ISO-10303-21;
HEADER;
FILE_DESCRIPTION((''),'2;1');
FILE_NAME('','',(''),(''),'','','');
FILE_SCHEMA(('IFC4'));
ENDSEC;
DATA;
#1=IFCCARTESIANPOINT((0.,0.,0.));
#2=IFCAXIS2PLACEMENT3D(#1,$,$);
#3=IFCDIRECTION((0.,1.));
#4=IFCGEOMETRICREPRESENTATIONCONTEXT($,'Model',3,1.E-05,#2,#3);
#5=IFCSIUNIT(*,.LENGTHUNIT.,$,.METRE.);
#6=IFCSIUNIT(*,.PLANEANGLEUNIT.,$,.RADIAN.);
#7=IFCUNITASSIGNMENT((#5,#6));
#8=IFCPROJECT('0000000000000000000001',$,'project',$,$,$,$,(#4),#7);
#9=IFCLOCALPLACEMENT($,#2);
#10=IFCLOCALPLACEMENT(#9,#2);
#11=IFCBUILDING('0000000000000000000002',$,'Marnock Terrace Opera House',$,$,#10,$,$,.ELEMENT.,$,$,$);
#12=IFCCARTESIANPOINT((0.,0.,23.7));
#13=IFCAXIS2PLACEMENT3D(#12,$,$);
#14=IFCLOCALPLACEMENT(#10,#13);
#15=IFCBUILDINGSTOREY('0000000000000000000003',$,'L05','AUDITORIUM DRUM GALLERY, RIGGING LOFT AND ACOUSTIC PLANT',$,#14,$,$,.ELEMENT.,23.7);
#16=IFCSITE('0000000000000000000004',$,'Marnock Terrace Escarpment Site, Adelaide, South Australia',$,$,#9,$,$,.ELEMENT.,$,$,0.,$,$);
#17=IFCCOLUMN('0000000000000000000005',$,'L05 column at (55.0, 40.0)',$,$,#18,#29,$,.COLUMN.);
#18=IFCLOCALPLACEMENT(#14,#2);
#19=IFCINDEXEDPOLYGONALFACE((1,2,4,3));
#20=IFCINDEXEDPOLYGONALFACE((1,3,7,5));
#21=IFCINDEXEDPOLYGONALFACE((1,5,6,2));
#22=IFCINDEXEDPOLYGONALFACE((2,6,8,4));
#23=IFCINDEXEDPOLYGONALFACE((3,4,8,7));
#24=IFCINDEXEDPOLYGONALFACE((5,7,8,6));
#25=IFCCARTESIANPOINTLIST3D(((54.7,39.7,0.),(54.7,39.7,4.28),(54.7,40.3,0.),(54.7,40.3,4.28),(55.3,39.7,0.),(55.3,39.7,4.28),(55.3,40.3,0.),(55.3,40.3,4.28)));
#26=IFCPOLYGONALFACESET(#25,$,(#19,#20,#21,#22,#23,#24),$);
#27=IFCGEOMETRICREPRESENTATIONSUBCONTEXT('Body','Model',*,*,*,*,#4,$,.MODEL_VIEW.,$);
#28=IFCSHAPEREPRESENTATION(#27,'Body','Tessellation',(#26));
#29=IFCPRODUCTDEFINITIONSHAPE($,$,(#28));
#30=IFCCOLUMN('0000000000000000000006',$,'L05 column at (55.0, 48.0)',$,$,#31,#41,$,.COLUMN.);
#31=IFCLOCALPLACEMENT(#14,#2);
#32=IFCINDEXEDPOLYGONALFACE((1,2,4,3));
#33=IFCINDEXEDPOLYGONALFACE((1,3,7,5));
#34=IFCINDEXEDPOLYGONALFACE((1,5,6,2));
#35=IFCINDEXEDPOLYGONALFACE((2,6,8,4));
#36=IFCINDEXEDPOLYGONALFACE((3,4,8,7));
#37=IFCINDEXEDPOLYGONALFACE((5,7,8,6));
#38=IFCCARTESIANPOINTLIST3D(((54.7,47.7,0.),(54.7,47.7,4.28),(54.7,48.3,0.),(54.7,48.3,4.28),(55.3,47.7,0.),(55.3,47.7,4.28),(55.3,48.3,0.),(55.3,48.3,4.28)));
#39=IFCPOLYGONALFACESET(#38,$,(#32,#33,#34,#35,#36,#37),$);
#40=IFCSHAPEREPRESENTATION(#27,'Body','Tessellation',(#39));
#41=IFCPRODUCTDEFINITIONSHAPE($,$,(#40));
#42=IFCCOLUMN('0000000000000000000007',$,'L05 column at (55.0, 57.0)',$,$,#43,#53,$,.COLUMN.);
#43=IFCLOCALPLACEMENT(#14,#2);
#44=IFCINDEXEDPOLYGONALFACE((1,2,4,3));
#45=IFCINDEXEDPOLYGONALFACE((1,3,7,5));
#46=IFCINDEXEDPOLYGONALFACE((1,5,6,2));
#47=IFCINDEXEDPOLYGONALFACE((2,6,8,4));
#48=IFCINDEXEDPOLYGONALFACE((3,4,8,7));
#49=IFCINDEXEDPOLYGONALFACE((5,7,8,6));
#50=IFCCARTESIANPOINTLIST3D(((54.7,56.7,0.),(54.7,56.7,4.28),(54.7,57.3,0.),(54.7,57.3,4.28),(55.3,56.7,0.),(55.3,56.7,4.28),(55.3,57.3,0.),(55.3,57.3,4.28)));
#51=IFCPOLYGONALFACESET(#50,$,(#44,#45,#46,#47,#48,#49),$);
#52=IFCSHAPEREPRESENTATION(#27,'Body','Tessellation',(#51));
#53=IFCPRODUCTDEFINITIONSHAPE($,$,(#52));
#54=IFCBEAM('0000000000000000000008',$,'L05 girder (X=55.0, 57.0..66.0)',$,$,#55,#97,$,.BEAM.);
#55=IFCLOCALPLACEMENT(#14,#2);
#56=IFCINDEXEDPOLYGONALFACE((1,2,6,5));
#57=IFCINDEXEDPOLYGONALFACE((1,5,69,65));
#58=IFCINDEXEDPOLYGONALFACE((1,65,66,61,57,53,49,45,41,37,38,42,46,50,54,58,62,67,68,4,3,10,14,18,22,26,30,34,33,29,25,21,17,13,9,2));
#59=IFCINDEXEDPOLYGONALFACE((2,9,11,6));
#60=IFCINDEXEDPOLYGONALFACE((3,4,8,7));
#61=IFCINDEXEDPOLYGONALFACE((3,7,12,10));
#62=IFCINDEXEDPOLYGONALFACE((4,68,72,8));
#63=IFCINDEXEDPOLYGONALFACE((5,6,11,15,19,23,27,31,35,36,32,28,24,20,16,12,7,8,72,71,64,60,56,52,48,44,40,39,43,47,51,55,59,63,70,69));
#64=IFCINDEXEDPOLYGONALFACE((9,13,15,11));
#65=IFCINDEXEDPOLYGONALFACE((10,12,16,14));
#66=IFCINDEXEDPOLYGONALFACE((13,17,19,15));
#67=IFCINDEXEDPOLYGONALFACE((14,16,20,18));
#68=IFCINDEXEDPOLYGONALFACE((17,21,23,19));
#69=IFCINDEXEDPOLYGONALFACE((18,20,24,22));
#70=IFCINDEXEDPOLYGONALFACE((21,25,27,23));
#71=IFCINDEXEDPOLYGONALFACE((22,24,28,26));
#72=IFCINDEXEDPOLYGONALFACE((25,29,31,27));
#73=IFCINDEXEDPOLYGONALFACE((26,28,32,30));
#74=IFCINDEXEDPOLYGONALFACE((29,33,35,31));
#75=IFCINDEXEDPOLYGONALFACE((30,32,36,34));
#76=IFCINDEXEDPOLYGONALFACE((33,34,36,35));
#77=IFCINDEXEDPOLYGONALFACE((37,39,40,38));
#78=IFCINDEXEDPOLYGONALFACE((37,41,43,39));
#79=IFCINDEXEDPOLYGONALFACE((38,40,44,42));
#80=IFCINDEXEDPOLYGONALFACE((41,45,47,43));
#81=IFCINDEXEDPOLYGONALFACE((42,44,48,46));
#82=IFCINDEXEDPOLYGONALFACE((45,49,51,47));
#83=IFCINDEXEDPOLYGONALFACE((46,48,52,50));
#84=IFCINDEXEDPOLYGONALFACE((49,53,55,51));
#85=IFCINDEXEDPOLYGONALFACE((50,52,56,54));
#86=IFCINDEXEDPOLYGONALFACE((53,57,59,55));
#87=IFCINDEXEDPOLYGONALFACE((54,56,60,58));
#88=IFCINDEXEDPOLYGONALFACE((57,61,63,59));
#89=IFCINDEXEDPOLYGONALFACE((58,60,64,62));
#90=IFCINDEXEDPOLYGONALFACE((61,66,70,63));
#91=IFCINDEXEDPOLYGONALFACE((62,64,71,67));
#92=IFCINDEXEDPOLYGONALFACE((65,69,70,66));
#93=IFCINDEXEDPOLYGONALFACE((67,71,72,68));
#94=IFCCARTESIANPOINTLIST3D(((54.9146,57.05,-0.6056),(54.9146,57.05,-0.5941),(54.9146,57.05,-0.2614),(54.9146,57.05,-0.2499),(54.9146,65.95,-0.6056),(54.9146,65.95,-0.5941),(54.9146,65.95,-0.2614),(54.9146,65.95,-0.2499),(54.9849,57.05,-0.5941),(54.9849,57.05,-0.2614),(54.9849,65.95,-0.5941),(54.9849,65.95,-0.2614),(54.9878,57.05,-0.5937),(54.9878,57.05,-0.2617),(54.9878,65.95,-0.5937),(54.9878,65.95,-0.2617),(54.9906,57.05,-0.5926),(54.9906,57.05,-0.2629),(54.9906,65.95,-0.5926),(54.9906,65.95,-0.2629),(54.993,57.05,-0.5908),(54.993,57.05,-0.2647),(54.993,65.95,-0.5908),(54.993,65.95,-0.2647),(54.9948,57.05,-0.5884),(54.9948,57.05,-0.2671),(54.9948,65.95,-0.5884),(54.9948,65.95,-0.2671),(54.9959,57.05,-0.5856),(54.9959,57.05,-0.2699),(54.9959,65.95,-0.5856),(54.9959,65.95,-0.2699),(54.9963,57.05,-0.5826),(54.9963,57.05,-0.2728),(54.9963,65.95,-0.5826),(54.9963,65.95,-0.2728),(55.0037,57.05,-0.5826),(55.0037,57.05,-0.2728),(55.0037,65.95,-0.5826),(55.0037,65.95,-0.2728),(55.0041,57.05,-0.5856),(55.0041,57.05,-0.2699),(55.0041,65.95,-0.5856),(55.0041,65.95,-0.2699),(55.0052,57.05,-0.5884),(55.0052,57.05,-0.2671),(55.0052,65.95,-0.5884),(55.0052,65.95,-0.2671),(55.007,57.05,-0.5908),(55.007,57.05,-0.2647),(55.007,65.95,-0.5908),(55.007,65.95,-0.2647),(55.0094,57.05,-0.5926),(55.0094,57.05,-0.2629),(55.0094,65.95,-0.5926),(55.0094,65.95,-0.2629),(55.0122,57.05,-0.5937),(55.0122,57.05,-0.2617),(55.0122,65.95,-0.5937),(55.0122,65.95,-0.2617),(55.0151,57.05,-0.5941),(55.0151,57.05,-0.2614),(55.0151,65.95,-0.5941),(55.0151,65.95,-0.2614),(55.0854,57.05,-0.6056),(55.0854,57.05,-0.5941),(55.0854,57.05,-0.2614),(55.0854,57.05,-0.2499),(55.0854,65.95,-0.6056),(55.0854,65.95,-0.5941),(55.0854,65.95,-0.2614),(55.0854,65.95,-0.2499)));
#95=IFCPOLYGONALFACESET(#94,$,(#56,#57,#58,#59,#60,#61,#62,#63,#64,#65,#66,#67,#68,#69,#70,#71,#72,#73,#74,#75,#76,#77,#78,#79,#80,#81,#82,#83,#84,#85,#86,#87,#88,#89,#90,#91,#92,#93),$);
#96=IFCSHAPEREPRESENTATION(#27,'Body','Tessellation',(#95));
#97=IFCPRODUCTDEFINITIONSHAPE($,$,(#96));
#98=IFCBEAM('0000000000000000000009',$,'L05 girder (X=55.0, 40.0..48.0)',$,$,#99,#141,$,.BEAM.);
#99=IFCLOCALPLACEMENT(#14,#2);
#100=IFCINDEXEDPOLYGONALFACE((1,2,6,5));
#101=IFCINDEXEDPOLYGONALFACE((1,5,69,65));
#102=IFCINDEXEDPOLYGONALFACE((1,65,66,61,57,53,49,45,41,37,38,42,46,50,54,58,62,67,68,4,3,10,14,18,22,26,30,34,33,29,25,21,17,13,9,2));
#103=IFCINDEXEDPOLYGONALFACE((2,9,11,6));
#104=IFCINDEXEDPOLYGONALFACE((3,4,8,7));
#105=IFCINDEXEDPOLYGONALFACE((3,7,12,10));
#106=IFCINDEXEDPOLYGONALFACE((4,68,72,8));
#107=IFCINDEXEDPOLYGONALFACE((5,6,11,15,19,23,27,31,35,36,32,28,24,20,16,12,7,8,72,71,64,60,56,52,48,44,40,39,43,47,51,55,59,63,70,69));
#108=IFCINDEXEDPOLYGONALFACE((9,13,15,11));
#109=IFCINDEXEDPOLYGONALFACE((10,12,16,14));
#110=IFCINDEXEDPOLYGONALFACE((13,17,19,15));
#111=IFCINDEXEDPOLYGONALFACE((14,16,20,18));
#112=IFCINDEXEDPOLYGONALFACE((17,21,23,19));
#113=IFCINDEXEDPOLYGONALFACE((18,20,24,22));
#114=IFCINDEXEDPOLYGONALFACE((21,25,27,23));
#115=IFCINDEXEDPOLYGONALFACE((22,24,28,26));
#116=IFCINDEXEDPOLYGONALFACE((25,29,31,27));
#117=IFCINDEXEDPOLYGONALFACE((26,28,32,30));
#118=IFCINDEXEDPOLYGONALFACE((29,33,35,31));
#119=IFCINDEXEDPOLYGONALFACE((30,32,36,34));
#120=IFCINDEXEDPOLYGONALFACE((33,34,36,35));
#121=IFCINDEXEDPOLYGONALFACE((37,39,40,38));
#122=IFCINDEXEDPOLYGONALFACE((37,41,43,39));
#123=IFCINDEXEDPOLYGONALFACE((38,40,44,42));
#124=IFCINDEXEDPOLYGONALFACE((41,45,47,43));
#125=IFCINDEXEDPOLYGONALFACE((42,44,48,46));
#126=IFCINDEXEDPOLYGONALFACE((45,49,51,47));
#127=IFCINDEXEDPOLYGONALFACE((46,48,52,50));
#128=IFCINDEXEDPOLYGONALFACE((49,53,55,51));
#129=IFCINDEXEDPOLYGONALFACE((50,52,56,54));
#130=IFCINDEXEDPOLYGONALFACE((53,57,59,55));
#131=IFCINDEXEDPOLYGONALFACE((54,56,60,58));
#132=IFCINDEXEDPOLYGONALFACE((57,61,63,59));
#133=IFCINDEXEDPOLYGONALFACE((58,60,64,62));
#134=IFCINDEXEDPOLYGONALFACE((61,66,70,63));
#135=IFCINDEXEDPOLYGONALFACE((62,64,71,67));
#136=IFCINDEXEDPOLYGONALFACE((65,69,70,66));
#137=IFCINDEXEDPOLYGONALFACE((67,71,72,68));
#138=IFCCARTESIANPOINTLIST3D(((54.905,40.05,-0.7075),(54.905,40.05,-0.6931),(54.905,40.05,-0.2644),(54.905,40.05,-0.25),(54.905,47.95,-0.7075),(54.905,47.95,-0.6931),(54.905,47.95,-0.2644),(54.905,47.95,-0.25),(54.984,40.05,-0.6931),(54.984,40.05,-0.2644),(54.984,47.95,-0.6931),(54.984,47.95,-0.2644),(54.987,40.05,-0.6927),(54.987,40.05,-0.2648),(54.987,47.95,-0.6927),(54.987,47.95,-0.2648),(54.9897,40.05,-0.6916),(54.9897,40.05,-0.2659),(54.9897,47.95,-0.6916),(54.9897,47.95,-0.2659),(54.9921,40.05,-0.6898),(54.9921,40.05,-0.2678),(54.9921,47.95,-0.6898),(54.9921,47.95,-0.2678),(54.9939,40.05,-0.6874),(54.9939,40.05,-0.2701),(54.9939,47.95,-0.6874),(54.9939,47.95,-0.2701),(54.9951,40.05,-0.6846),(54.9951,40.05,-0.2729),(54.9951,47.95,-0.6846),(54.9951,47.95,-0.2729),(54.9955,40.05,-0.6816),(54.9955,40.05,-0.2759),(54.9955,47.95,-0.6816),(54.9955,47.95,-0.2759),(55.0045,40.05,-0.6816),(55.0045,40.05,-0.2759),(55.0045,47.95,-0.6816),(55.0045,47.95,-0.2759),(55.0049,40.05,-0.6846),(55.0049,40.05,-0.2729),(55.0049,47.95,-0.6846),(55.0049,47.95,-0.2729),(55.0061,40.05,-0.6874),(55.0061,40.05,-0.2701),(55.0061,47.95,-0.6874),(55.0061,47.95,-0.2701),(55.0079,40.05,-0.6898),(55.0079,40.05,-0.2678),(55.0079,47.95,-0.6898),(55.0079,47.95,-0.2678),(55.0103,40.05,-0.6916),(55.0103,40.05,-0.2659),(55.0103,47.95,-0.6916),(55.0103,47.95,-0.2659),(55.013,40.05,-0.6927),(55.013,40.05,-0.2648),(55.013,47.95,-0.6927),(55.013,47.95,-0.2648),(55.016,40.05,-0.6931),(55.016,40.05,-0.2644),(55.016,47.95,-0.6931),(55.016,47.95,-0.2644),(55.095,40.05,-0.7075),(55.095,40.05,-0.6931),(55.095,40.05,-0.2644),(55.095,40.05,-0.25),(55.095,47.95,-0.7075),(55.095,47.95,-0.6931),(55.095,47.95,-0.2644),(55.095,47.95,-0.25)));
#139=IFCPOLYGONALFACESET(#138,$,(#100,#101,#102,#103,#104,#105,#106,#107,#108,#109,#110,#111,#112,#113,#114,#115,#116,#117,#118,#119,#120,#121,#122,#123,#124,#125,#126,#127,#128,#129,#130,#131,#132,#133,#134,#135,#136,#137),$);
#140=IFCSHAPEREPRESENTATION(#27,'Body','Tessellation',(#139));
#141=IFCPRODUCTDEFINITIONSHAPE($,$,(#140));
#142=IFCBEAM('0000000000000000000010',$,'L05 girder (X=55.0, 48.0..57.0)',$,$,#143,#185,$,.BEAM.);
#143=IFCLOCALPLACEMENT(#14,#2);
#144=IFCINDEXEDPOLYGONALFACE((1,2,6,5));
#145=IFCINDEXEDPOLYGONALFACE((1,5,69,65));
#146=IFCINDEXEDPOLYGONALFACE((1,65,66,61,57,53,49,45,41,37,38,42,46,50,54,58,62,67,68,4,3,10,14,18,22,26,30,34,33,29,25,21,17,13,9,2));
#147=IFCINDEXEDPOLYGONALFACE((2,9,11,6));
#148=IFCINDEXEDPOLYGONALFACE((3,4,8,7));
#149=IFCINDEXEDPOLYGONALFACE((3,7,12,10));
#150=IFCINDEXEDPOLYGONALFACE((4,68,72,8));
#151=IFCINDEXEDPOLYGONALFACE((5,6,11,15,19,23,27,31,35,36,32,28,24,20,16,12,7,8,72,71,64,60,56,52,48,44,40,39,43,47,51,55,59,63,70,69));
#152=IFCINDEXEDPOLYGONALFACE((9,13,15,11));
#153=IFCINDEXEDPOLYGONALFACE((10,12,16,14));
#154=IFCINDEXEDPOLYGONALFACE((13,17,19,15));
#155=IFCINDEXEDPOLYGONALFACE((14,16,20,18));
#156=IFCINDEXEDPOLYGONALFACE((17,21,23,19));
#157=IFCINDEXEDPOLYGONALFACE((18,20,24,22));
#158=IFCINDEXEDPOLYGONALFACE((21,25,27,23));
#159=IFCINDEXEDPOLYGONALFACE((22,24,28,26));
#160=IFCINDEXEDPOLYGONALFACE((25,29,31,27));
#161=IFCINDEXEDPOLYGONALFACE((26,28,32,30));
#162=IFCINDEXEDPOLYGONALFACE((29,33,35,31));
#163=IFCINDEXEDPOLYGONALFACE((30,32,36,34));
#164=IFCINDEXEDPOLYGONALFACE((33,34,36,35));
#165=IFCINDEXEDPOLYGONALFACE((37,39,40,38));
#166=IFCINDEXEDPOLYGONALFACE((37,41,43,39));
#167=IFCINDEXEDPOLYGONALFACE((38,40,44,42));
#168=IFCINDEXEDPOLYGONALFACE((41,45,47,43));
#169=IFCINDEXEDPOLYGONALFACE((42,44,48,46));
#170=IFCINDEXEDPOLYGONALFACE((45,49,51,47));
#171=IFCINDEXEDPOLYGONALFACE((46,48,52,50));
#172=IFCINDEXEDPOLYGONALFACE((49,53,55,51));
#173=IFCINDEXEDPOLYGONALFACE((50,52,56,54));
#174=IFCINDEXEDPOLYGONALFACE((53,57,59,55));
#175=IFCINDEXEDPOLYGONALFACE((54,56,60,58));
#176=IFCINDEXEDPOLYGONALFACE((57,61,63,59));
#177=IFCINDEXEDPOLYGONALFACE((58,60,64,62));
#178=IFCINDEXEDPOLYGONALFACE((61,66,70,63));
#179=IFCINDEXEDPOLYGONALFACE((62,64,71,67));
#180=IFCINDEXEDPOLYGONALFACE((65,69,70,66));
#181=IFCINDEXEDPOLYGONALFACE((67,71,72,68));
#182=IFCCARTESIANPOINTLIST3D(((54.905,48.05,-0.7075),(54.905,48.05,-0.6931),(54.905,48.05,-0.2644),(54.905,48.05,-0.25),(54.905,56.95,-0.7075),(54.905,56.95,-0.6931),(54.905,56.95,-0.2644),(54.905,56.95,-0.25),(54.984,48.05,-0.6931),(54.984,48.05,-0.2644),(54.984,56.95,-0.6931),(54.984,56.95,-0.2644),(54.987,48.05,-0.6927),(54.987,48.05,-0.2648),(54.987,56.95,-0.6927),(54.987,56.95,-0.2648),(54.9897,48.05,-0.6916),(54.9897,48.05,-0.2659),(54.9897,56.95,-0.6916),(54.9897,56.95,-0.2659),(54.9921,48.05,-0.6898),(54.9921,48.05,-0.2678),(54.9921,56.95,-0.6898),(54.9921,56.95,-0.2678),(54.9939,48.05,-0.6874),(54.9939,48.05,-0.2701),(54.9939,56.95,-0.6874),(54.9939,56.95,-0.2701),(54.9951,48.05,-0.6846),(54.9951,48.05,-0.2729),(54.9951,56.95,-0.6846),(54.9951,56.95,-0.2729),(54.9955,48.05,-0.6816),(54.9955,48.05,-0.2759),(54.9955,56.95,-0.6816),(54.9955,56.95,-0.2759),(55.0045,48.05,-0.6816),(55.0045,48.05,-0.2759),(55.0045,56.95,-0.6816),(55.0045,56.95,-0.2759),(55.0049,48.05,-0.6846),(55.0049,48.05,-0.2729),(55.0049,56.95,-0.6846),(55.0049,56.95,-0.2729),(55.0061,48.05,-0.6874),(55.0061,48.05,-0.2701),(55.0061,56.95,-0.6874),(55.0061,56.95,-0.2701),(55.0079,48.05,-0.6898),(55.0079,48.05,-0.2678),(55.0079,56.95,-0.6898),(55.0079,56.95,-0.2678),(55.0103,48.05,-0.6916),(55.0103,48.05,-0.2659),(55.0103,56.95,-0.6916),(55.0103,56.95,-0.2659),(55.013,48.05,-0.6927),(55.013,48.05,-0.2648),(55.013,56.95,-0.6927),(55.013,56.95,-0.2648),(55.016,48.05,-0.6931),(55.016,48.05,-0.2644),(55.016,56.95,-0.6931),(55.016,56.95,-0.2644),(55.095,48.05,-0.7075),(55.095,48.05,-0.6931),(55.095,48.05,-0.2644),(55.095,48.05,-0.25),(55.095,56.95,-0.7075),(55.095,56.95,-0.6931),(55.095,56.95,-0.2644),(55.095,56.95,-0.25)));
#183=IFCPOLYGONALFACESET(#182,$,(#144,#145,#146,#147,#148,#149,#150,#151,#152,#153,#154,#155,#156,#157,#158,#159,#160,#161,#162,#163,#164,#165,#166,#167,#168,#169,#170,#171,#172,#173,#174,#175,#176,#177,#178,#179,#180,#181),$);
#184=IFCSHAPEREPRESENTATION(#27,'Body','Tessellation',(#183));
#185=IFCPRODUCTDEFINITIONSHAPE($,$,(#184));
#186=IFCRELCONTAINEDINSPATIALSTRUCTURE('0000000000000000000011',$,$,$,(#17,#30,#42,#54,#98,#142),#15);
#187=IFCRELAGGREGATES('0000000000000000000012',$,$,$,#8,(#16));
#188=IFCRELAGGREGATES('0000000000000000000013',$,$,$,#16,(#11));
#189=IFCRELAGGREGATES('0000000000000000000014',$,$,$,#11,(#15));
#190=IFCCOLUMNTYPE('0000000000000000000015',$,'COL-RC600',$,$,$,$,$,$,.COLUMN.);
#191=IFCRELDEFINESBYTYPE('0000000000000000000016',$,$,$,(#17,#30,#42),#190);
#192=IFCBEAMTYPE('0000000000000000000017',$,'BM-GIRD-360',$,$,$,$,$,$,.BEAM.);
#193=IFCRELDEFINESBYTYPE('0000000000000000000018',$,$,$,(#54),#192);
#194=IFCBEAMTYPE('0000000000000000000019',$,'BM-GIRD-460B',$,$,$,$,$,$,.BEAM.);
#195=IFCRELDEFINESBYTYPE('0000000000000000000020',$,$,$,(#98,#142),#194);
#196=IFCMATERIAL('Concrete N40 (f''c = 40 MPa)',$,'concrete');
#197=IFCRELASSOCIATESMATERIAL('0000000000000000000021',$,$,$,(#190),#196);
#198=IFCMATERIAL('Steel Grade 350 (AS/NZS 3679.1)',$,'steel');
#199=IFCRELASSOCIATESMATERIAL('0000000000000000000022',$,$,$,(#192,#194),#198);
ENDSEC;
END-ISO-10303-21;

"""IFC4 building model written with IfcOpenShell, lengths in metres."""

from ifc_helpers import new_model, si_unit, direction, frame, origin, origin_2d, place, context, subcontext, project, spatial, rectangle, i_section, extrude, material, material_profile, profile_set, type_object, element, save


model = new_model("IFC4")

# Units and contexts
model_context = context("Model", 3, precision=1e-05, world=origin(), true_north=direction((0.0, 1.0)))
body_context = subcontext(model_context, "Body", "Model", "MODEL_VIEW")
ifc_project = project(units=[si_unit("LENGTHUNIT", "METRE"), si_unit("PLANEANGLEUNIT", "RADIAN")], contexts=[model_context])

# Site, building, storey
site_placement = place(None, origin())
site = spatial("IfcSite", under=ifc_project, at=site_placement, Name="Marnock Terrace Escarpment Site, Adelaide, South Australia", CompositionType="ELEMENT", RefElevation=0.0)
building_placement = place(site_placement, origin())
building = spatial("IfcBuilding", under=site, at=building_placement, Name="Marnock Terrace Opera House", CompositionType="ELEMENT")
storey_placement = place(building_placement, frame((0.0, 0.0, 23.7)))
storey = spatial("IfcBuildingStorey", under=building, at=storey_placement, Name="L05", Description="AUDITORIUM DRUM GALLERY, RIGGING LOFT AND ACOUSTIC PLANT", CompositionType="ELEMENT", Elevation=23.7)

# Columns
ifc_material_1 = material(Name="Concrete N40 (f'c = 40 MPa)", Category="concrete")
ifc_material_profile_1 = material_profile(ifc_material_1, rectangle(XDim=0.6001, YDim=0.6001, at=origin_2d()))
ifc_profile_set_1 = profile_set([ifc_material_profile_1], Name="Concrete N40 (f'c = 40 MPa)")
column_type = type_object("IfcColumnType", Name="COL-RC600", PredefinedType="COLUMN", material=ifc_profile_set_1)
for number, where, z_axis, x_axis, name in (
    (1, (55.0, 40.0, 0.0), (0.0, 0.0, 1.0), (1.0, 0.0, 0.0), "L05 column at (55.0, 40.0)"),
    (2, (55.0, 48.0, 0.0), (0.0, 0.0, 1.0), (1.0, 0.0, 0.0), "L05 column at (55.0, 48.0)"),
    (3, (55.0, 57.0, 0.0), (0.0, 0.0, 1.0), (1.0, 0.0, 0.0), "L05 column at (55.0, 57.0)"),
):
    element("IfcColumn", number, at=place(storey_placement, frame(where, z_axis=z_axis, x_axis=x_axis)), inside=storey, type_object=column_type, Name=name, PredefinedType="COLUMN", context=body_context, shape_type="SweptSolid", body=[
        extrude(rectangle(XDim=0.6001, YDim=0.6001, at=origin_2d()), origin(), (0.0, 0.0, 1.0), 4.28),
    ])

# Beams
ifc_material_2 = material(Name="Steel Grade 350 (AS/NZS 3679.1)", Category="steel")
ifc_material_profile_2 = material_profile(ifc_material_2, i_section(OverallWidth=0.1709, OverallDepth=0.3557, WebThickness=0.0073, FlangeThickness=0.0115, FilletRadius=0.0115, at=origin_2d()))
ifc_profile_set_2 = profile_set([ifc_material_profile_2], Name="Steel Grade 350 (AS/NZS 3679.1)")
beam_type_1 = type_object("IfcBeamType", Name="BM-GIRD-360", PredefinedType="BEAM", material=ifc_profile_set_2)
beam_1_placement = place(storey_placement, frame((55.0, 57.05, -0.4277), z_axis=(0.0, 1.0, 0.0), x_axis=(-1.0, 0.0, 0.0)))
element("IfcBeam", 4, at=beam_1_placement, inside=storey, type_object=beam_type_1, Name="L05 girder (X=55.0, 57.0..66.0)", PredefinedType="BEAM", context=body_context, shape_type="SweptSolid", body=[
    extrude(i_section(OverallWidth=0.1709, OverallDepth=0.3557, WebThickness=0.0073, FlangeThickness=0.0115, FilletRadius=0.0115, at=origin_2d()), origin(), (0.0, 0.0, 1.0), 8.8999),
])
ifc_material_profile_3 = material_profile(ifc_material_2, i_section(OverallWidth=0.1899, OverallDepth=0.4575, WebThickness=0.009, FlangeThickness=0.0144, FilletRadius=0.0115, at=origin_2d()))
ifc_profile_set_3 = profile_set([ifc_material_profile_3], Name="Steel Grade 350 (AS/NZS 3679.1)")
beam_type_2 = type_object("IfcBeamType", Name="BM-GIRD-460B", PredefinedType="BEAM", material=ifc_profile_set_3)
beam_2_placement = place(storey_placement, frame((55.0, 40.05, -0.4788), z_axis=(0.0, 1.0, 0.0), x_axis=(-1.0, 0.0, 0.0)))
element("IfcBeam", 5, at=beam_2_placement, inside=storey, type_object=beam_type_2, Name="L05 girder (X=55.0, 40.0..48.0)", PredefinedType="BEAM", context=body_context, shape_type="SweptSolid", body=[
    extrude(i_section(OverallWidth=0.1899, OverallDepth=0.4575, WebThickness=0.009, FlangeThickness=0.0144, FilletRadius=0.0115, at=origin_2d()), origin(), (0.0, 0.0, 1.0), 7.8999),
])
beam_3_placement = place(storey_placement, frame((55.0, 48.05, -0.4788), z_axis=(0.0, 1.0, 0.0), x_axis=(-1.0, 0.0, 0.0)))
element("IfcBeam", 6, at=beam_3_placement, inside=storey, type_object=beam_type_2, Name="L05 girder (X=55.0, 48.0..57.0)", PredefinedType="BEAM", context=body_context, shape_type="SweptSolid", body=[
    extrude(i_section(OverallWidth=0.1899, OverallDepth=0.4575, WebThickness=0.009, FlangeThickness=0.0144, FilletRadius=0.0115, at=origin_2d()), origin(), (0.0, 0.0, 1.0), 8.8999),
])

save(model, "model.ifc")
